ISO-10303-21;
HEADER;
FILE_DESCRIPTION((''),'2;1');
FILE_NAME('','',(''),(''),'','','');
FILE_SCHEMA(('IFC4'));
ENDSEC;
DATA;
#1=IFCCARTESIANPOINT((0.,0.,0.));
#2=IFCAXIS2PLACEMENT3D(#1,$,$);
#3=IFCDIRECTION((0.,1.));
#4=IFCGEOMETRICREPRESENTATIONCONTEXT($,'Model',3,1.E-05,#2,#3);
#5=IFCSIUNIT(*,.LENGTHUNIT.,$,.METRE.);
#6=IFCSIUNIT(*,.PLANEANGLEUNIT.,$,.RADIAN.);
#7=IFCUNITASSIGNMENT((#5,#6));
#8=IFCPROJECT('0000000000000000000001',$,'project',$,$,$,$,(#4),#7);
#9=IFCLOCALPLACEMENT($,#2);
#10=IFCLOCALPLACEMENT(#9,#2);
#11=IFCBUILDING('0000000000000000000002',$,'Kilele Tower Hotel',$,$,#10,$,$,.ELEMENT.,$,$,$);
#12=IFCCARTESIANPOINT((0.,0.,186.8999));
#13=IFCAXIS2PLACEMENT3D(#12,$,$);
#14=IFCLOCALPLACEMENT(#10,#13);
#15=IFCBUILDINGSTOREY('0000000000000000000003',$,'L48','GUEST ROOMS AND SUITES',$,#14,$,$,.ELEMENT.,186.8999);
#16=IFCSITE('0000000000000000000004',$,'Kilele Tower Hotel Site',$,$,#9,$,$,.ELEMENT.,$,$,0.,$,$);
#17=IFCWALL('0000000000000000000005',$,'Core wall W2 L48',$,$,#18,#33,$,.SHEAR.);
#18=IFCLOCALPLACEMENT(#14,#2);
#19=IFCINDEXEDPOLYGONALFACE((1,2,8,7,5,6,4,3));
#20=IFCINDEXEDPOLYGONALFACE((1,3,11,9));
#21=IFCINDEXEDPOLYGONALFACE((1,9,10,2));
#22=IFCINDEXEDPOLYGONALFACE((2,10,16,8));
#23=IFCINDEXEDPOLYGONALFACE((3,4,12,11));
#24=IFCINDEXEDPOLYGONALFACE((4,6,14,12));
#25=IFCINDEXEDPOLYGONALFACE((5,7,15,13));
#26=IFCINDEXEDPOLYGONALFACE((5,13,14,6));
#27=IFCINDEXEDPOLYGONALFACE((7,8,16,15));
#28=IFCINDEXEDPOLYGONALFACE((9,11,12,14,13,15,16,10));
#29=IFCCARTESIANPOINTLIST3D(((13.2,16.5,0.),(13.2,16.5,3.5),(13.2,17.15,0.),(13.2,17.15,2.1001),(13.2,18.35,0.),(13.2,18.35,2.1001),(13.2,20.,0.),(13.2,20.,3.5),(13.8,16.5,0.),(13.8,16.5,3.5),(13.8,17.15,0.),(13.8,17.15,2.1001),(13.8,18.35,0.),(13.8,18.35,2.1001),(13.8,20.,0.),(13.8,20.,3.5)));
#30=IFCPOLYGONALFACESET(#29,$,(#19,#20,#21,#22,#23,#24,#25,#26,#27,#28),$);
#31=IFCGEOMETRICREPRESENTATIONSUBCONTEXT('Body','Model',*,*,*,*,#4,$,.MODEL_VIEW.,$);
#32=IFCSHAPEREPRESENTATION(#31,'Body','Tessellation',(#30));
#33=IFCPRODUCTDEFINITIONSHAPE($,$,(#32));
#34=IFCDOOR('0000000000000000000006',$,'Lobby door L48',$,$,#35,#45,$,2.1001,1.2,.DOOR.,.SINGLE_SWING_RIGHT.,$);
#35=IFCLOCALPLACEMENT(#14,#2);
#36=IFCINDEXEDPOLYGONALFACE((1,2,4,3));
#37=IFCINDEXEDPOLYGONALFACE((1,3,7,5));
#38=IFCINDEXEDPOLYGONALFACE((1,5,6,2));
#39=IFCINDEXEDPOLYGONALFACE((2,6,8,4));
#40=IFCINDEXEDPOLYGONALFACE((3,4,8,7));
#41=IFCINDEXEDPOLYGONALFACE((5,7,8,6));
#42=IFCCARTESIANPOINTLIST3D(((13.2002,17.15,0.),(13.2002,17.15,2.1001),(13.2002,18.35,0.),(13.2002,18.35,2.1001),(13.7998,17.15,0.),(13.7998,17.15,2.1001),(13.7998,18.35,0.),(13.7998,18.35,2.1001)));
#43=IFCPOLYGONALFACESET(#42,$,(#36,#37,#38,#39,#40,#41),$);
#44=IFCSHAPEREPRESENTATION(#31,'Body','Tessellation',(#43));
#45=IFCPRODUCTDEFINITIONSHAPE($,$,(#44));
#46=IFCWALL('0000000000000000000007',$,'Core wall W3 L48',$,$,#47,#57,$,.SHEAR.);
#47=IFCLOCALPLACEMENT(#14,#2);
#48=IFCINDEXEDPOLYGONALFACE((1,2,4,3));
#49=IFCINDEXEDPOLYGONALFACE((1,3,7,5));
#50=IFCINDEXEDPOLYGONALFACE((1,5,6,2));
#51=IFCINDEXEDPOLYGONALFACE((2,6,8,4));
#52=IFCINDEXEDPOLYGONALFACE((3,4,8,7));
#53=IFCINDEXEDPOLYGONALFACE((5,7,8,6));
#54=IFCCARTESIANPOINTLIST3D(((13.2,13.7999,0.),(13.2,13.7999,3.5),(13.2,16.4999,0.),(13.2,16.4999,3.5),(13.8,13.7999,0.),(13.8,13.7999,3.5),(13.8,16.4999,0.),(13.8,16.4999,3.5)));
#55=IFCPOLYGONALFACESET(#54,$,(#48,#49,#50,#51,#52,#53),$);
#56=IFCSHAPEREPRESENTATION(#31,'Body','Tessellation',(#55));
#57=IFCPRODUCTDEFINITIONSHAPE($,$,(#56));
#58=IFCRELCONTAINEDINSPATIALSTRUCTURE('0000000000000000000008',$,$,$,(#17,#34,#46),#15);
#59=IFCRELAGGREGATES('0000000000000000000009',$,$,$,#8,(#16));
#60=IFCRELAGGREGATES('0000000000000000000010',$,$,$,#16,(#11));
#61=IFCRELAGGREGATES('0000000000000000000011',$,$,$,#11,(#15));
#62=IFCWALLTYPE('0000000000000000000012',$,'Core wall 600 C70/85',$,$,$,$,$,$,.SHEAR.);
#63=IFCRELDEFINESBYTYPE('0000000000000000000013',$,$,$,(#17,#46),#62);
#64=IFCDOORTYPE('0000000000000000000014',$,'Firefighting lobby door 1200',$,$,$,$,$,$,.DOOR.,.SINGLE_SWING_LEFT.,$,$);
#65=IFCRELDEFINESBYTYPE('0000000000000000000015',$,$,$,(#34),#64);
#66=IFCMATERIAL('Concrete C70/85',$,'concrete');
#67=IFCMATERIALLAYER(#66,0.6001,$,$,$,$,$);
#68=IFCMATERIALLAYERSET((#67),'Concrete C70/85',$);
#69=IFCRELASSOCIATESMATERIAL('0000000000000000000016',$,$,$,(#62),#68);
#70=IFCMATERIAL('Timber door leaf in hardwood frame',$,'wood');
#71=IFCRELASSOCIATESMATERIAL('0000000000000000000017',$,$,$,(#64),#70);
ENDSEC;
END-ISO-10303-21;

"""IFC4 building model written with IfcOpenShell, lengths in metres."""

from ifc_helpers import new_model, si_unit, direction, frame, frame_2d, origin, place, context, subcontext, project, spatial, rectangle, extrude, material, layer, layer_set, type_object, element, fill, save


model = new_model("IFC4")

# Units and contexts
model_context = context("Model", 3, precision=1e-05, world=origin(), true_north=direction((0.0, 1.0)))
body_context = subcontext(model_context, "Body", "Model", "MODEL_VIEW")
ifc_project = project(units=[si_unit("LENGTHUNIT", "METRE"), si_unit("PLANEANGLEUNIT", "RADIAN")], contexts=[model_context])

# Site, building, storey
site_placement = place(None, origin())
site = spatial("IfcSite", under=ifc_project, at=site_placement, Name="Kilele Tower Hotel Site", CompositionType="ELEMENT", RefElevation=0.0)
building_placement = place(site_placement, origin())
building = spatial("IfcBuilding", under=site, at=building_placement, Name="Kilele Tower Hotel", CompositionType="ELEMENT")
storey_placement = place(building_placement, frame((0.0, 0.0, 186.8999)))
storey = spatial("IfcBuildingStorey", under=building, at=storey_placement, Name="L48", Description="GUEST ROOMS AND SUITES", CompositionType="ELEMENT", Elevation=186.8999)

# Shared definitions
ifc_material_1 = material(Name="Concrete C70/85", Category="concrete")
ifc_layer = layer(ifc_material_1, 0.6001)
ifc_layer_set = layer_set([ifc_layer], Name="Concrete C70/85")
wall_type = type_object("IfcWallType", Name="Core wall 600 C70/85", PredefinedType="SHEAR", material=ifc_layer_set)

# Wall, opening, door
wall_1_placement = place(storey_placement, frame((13.5, 20.0, 0.0), z_axis=(0.0, 0.0, 1.0), x_axis=(0.0, -1.0, 0.0)))
wall_1 = element("IfcWall", 1, at=wall_1_placement, inside=storey, type_object=wall_type, Name="Core wall W2 L48", PredefinedType="SHEAR", context=body_context, shape_type="SweptSolid", body=[
    extrude(rectangle(XDim=3.5, YDim=0.6001, at=frame_2d((1.75, 0.0))), origin(), (0.0, 0.0, 1.0), 3.5),
])
opening_1_placement = place(wall_1_placement, frame((1.6499, 0.0, 0.0)))
opening_1 = element("IfcOpeningElement", 2, at=opening_1_placement, cuts=wall_1, PredefinedType="OPENING", context=body_context, shape_type="SweptSolid", body=[
    extrude(rectangle(XDim=1.2, YDim=2.1001, at=frame_2d((0.6001, 1.05))), frame((0.0, 0.3101, 0.0), z_axis=(0.0, -1.0, 0.0), x_axis=(1.0, 0.0, 0.0)), (0.0, 0.0, 1.0), 0.6201),
])
ifc_material_2 = material(Name="Timber door leaf in hardwood frame", Category="wood")
door_type_1 = type_object("IfcDoorType", Name="Firefighting lobby door 1200", OperationType="SINGLE_SWING_LEFT", PredefinedType="DOOR", material=ifc_material_2)
door_1_placement = place(opening_1_placement, origin())
door_1 = element("IfcDoor", 3, at=door_1_placement, inside=storey, type_object=door_type_1, Name="Lobby door L48", OperationType="SINGLE_SWING_RIGHT", OverallHeight=2.1001, OverallWidth=1.2, PredefinedType="DOOR", context=body_context, shape_type="SweptSolid", body=[
    extrude(rectangle(XDim=1.2, YDim=2.1001, at=frame_2d((0.6001, 1.05))), frame((0.0, 0.2998, 0.0), z_axis=(0.0, -1.0, 0.0), x_axis=(1.0, 0.0, 0.0)), (0.0, 0.0, 1.0), 0.5996),
])
fill(opening_1, door_1)

# Wall
wall_2_placement = place(storey_placement, frame((13.5, 16.5, 0.0), z_axis=(0.0, 0.0, 1.0), x_axis=(0.0, -1.0, 0.0)))
element("IfcWall", 4, at=wall_2_placement, inside=storey, type_object=wall_type, Name="Core wall W3 L48", PredefinedType="SHEAR", context=body_context, shape_type="SweptSolid", body=[
    extrude(rectangle(XDim=2.7, YDim=0.6001, at=frame_2d((1.3501, 0.0))), origin(), (0.0, 0.0, 1.0), 3.5),
])

save(model, "model.ifc")
